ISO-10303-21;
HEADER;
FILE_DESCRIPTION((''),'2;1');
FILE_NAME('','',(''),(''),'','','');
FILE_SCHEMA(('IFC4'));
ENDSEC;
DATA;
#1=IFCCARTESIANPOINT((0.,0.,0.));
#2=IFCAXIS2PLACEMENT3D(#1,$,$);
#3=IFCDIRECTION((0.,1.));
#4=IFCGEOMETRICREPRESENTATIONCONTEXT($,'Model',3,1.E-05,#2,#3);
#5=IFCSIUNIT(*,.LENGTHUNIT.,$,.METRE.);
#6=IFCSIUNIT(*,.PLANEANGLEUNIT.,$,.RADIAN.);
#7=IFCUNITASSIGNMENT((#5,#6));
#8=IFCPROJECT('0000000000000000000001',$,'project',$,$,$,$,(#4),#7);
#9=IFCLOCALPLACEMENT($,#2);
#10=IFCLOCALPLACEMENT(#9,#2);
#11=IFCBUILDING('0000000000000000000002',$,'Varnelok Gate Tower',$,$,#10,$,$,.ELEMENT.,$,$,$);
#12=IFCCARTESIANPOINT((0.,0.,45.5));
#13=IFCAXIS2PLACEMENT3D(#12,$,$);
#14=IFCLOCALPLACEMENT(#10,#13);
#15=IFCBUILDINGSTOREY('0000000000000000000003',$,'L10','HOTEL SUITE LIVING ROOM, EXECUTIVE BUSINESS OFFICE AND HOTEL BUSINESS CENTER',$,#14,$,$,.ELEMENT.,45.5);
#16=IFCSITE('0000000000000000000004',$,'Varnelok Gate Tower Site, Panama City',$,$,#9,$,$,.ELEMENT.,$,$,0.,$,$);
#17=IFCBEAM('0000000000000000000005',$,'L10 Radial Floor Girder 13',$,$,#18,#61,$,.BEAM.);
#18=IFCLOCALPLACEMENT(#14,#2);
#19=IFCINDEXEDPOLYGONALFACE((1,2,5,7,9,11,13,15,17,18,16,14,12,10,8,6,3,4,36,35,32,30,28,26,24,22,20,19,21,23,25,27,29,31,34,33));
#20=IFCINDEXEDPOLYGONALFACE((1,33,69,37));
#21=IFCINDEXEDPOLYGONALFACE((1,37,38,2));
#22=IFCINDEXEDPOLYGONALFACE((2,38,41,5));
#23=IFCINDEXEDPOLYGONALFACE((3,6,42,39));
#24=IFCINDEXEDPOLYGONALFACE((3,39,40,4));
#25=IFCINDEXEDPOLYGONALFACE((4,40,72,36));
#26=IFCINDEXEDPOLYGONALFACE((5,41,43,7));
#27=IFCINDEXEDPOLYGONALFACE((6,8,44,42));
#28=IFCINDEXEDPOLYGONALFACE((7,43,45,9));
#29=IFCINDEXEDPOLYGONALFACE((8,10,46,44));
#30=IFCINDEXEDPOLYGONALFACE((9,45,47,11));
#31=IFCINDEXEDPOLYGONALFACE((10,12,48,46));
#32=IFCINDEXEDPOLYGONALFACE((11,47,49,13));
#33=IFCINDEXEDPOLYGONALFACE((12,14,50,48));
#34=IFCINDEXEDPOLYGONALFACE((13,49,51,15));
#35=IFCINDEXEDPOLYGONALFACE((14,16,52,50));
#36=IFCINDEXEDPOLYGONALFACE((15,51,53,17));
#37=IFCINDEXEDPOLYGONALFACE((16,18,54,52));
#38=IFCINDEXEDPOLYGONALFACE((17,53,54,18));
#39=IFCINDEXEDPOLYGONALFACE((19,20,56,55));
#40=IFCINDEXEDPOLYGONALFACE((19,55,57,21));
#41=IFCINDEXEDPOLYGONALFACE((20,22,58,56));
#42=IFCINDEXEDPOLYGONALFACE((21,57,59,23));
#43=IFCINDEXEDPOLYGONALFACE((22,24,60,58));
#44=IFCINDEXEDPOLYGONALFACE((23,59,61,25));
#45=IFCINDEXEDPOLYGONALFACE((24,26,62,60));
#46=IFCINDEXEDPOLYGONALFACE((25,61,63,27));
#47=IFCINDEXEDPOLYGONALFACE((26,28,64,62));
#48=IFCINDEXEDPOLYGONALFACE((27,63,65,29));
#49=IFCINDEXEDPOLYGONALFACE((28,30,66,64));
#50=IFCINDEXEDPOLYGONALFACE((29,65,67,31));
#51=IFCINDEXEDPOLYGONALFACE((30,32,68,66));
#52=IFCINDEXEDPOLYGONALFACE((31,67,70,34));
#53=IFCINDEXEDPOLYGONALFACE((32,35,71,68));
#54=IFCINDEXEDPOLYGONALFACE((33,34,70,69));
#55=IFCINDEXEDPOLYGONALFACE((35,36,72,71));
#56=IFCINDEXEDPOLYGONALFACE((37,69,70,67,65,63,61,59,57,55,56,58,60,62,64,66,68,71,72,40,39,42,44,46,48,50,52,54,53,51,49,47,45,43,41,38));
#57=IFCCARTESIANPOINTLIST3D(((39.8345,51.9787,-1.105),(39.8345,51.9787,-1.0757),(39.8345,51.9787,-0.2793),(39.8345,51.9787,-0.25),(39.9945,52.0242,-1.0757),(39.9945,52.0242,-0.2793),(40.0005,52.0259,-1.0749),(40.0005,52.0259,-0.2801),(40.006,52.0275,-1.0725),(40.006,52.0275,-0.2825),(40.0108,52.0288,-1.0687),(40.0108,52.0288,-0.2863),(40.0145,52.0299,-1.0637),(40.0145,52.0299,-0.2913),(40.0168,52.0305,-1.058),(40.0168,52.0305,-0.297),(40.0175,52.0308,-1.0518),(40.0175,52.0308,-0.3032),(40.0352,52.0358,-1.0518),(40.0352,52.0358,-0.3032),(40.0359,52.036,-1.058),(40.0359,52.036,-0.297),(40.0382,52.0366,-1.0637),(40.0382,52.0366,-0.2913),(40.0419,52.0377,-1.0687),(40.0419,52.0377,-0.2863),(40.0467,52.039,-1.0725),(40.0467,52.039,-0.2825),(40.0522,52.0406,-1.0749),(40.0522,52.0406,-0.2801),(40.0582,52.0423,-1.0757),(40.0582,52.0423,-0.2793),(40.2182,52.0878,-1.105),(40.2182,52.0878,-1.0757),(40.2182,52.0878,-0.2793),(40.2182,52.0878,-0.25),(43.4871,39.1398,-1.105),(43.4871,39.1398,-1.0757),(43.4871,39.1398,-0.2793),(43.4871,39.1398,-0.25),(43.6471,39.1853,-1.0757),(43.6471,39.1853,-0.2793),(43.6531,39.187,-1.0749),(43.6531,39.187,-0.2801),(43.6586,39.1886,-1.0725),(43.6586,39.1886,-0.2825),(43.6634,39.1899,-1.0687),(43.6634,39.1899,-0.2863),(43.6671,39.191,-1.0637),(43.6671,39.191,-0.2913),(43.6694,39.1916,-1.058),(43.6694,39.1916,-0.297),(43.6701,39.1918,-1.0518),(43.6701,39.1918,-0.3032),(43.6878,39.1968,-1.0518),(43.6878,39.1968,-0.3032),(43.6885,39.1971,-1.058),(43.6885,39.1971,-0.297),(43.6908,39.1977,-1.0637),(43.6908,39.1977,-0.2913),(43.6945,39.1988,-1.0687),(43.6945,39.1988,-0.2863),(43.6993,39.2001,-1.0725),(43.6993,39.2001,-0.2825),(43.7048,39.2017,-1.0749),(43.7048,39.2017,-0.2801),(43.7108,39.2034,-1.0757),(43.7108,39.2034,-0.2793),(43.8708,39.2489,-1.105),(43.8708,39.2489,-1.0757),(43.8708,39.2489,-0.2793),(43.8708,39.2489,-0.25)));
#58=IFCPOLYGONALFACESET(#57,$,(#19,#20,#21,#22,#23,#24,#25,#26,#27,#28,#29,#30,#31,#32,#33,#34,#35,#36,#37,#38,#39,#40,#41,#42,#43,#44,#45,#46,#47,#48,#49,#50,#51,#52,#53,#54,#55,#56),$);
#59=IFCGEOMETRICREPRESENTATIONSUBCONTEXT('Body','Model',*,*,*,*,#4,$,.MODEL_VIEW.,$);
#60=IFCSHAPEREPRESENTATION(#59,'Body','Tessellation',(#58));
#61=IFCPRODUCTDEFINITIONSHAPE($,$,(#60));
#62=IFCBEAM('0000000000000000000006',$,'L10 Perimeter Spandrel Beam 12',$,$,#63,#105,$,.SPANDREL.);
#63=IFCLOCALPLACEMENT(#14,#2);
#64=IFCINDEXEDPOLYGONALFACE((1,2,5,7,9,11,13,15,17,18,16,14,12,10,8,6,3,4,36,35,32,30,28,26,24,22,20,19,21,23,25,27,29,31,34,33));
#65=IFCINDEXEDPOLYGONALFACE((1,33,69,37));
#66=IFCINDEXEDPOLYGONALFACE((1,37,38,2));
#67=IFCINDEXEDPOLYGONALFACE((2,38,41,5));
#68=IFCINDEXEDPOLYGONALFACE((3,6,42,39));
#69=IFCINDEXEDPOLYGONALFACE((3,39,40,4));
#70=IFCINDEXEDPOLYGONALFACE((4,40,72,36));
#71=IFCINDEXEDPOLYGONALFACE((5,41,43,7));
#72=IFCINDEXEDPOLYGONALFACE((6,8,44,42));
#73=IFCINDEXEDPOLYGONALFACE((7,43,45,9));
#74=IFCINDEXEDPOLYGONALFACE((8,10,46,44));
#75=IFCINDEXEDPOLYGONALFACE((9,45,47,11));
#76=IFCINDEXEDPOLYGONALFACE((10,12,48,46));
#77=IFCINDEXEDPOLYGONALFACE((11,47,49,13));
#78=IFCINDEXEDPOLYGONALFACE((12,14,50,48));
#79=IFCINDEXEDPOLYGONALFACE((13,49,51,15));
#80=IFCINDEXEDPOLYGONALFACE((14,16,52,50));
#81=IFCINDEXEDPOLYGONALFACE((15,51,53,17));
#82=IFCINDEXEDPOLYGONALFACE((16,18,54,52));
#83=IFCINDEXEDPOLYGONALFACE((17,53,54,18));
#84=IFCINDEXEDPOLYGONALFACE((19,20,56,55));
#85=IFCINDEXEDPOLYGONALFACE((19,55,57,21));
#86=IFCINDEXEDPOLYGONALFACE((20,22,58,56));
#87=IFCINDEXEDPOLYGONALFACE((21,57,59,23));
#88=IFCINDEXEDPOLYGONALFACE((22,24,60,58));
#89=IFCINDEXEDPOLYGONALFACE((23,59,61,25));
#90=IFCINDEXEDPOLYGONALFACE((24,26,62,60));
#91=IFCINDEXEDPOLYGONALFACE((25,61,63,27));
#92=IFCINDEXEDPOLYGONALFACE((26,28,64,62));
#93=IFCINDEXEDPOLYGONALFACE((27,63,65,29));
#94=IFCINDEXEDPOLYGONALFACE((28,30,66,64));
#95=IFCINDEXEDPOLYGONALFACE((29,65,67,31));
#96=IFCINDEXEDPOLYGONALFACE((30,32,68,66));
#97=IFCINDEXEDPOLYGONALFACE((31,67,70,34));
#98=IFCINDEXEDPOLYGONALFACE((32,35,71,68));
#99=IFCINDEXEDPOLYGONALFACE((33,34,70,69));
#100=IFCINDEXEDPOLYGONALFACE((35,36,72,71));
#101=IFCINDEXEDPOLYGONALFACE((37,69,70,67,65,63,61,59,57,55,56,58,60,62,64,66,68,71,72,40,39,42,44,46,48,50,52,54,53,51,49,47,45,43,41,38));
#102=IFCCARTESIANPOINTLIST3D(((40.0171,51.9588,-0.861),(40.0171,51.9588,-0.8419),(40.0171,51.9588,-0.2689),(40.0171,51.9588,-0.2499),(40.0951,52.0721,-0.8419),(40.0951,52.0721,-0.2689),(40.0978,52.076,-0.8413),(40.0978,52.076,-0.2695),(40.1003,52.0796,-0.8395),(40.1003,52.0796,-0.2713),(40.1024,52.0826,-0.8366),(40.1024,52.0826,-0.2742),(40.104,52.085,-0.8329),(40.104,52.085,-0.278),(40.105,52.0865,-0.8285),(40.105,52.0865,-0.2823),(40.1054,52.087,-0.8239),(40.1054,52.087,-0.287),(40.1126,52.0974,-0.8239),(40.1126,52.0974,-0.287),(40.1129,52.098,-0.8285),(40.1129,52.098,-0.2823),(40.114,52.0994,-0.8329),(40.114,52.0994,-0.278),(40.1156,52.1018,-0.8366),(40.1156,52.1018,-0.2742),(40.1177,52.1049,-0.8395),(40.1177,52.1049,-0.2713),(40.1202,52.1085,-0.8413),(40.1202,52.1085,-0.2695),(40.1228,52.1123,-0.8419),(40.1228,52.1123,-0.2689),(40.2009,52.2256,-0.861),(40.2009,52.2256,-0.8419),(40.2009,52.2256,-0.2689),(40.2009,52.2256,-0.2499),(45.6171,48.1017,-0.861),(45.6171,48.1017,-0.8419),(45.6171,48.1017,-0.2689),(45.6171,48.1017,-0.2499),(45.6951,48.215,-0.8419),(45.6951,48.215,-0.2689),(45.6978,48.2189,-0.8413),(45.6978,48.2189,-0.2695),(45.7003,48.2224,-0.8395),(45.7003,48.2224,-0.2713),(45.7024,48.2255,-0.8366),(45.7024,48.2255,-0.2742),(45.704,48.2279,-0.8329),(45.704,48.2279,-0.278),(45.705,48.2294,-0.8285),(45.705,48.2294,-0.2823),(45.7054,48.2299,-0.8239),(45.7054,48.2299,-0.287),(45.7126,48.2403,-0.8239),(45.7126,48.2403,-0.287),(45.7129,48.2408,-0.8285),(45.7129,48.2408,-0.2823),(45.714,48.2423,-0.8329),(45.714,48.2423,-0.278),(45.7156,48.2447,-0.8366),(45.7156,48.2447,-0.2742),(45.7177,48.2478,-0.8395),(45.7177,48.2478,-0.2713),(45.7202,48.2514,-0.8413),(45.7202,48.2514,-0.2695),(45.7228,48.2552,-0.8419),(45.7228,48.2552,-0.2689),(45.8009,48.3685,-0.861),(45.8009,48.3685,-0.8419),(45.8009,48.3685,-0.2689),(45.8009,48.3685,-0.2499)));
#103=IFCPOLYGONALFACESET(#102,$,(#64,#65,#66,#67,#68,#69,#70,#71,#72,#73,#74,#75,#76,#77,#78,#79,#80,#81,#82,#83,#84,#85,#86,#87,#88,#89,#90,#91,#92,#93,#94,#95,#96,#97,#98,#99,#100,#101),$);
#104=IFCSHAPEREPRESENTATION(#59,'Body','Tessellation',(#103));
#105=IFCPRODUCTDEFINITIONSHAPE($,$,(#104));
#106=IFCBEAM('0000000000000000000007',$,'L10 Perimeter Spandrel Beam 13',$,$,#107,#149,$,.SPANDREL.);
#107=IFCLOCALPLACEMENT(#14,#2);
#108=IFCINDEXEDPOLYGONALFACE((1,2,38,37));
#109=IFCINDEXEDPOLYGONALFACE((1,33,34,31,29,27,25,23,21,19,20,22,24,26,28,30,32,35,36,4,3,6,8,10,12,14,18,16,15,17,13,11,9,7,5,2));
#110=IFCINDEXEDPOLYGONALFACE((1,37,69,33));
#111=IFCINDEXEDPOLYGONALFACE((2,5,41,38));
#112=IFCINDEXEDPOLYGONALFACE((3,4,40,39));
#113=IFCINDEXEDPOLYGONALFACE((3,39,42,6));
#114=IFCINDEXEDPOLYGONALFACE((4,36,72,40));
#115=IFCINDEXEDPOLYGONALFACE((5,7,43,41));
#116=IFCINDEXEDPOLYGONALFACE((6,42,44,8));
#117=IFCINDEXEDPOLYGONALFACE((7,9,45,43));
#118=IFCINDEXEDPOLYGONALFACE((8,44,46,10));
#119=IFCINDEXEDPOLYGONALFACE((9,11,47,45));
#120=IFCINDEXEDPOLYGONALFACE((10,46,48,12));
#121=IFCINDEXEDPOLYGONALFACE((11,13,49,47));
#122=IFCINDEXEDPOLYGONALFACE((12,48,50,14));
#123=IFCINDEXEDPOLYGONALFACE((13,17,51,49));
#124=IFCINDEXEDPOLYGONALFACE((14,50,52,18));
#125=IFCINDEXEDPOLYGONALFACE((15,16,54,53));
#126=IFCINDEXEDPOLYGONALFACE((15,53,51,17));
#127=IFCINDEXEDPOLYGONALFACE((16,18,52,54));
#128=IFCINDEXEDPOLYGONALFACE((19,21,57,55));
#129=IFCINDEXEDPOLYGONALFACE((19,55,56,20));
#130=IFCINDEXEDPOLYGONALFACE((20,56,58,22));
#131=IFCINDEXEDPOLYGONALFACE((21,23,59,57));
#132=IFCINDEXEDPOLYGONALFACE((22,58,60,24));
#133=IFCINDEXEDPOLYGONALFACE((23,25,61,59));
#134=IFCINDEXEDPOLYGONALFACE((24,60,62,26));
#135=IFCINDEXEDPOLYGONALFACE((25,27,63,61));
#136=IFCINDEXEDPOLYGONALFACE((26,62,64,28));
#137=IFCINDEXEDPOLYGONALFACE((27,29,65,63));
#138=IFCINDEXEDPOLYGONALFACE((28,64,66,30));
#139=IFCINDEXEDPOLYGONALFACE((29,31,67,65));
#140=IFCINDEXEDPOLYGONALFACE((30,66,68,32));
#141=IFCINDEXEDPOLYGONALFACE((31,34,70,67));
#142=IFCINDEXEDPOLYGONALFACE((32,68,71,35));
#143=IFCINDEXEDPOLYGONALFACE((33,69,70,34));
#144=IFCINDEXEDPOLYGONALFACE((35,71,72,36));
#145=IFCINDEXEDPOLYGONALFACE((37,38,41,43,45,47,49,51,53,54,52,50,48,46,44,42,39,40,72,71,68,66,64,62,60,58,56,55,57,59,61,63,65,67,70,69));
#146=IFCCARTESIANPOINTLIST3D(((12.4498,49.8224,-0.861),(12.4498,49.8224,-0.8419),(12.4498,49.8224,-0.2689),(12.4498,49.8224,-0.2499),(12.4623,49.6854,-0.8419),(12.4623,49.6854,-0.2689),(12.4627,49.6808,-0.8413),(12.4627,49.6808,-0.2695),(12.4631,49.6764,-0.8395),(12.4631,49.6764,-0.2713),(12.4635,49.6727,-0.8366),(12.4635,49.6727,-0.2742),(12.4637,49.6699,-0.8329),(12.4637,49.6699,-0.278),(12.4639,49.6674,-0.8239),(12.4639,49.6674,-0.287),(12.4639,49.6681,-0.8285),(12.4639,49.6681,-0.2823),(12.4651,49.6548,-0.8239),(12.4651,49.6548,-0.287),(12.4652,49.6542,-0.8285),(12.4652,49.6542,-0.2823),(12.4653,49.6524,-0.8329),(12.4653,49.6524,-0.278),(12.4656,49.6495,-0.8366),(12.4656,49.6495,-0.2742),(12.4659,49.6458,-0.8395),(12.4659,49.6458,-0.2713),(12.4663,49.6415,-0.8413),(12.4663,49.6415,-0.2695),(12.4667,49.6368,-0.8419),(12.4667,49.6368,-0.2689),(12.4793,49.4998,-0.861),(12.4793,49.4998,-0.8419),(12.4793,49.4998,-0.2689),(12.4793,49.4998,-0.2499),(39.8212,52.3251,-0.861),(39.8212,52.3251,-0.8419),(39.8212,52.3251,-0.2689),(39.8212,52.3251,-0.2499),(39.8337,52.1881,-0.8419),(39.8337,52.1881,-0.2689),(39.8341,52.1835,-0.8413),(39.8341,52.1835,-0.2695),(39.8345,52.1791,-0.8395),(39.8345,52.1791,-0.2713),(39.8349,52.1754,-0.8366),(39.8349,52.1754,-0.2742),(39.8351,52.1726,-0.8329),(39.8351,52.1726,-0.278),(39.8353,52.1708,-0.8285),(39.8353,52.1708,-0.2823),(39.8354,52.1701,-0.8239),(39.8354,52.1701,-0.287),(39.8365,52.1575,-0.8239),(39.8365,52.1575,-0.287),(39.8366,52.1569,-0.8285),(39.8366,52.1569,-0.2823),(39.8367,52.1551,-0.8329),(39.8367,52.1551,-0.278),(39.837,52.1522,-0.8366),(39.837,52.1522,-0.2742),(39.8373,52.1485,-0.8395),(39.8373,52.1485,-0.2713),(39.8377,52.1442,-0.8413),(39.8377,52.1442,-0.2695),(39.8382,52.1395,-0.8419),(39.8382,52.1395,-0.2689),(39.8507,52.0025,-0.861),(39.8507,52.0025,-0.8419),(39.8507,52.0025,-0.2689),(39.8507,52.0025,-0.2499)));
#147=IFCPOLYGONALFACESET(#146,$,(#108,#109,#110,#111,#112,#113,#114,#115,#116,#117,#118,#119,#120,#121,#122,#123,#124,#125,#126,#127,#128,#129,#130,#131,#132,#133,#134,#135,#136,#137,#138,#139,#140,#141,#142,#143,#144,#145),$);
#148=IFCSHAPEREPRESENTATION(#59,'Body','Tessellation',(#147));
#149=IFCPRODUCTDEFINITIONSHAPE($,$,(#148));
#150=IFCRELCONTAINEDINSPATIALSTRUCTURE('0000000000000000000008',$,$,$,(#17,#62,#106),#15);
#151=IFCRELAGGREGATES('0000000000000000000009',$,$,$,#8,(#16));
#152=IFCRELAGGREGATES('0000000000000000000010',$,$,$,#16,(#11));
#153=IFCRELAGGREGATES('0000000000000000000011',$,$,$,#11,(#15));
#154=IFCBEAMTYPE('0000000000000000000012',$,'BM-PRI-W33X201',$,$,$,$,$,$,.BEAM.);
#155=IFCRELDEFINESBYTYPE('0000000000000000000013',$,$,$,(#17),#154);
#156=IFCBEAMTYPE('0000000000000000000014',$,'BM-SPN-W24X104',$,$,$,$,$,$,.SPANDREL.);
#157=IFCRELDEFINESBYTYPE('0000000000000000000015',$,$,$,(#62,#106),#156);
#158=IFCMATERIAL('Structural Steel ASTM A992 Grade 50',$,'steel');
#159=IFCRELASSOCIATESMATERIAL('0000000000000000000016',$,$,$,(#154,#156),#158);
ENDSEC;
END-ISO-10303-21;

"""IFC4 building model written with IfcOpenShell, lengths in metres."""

from ifc_helpers import new_model, si_unit, direction, frame, origin, origin_2d, place, context, subcontext, project, spatial, i_section, extrude, material, material_profile, profile_set, type_object, element, save


model = new_model("IFC4")

# Units and contexts
model_context = context("Model", 3, precision=1e-05, world=origin(), true_north=direction((0.0, 1.0)))
body_context = subcontext(model_context, "Body", "Model", "MODEL_VIEW")
ifc_project = project(units=[si_unit("LENGTHUNIT", "METRE"), si_unit("PLANEANGLEUNIT", "RADIAN")], contexts=[model_context])

# Site, building, storey
site_placement = place(None, origin())
site = spatial("IfcSite", under=ifc_project, at=site_placement, Name="Varnelok Gate Tower Site, Panama City", CompositionType="ELEMENT", RefElevation=0.0)
building_placement = place(site_placement, origin())
building = spatial("IfcBuilding", under=site, at=building_placement, Name="Varnelok Gate Tower", CompositionType="ELEMENT")
storey_placement = place(building_placement, frame((0.0, 0.0, 45.5)))
storey = spatial("IfcBuildingStorey", under=building, at=storey_placement, Name="L10", Description="HOTEL SUITE LIVING ROOM, EXECUTIVE BUSINESS OFFICE AND HOTEL BUSINESS CENTER", CompositionType="ELEMENT", Elevation=45.5)

# Shared definitions
ifc_material_1 = material(Name="Structural Steel ASTM A992 Grade 50", Category="steel")

# Beams
ifc_material_profile_1 = material_profile(ifc_material_1, i_section(OverallWidth=0.3989, OverallDepth=0.855, WebThickness=0.0183, FlangeThickness=0.0293, FilletRadius=0.0239, at=origin_2d()), Name="W33X201")
ifc_profile_set_1 = profile_set([ifc_material_profile_1], Name="Structural Steel ASTM A992 Grade 50")
beam_type_1 = type_object("IfcBeamType", Name="BM-PRI-W33X201", PredefinedType="BEAM", material=ifc_profile_set_1)
beam_1_placement = place(storey_placement, frame((43.679, 39.1943, -0.6775), z_axis=(-0.273636, 0.961833, 0.0), x_axis=(-0.961833, -0.273636, 0.0)))
element("IfcBeam", 1, at=beam_1_placement, inside=storey, type_object=beam_type_1, Name="L10 Radial Floor Girder 13", PredefinedType="BEAM", context=body_context, shape_type="SweptSolid", body=[
    extrude(i_section(OverallWidth=0.3989, OverallDepth=0.855, WebThickness=0.0183, FlangeThickness=0.0293, FilletRadius=0.0239, at=origin_2d()), origin(), (0.0, 0.0, 1.0), 13.3484),
])
ifc_material_profile_2 = material_profile(ifc_material_1, i_section(OverallWidth=0.324, OverallDepth=0.6111, WebThickness=0.0127, FlangeThickness=0.019, FilletRadius=0.0181, at=origin_2d()), Name="W24X104")
ifc_profile_set_2 = profile_set([ifc_material_profile_2], Name="Structural Steel ASTM A992 Grade 50")
beam_type_2 = type_object("IfcBeamType", Name="BM-SPN-W24X104", PredefinedType="SPANDREL", material=ifc_profile_set_2)
beam_2_placement = place(storey_placement, frame((45.709, 48.2351, -0.5554), z_axis=(-0.823553, 0.567239, 0.0), x_axis=(-0.567239, -0.823553, 0.0)))
element("IfcBeam", 2, at=beam_2_placement, inside=storey, type_object=beam_type_2, Name="L10 Perimeter Spandrel Beam 12", PredefinedType="SPANDREL", context=body_context, shape_type="SweptSolid", body=[
    extrude(i_section(OverallWidth=0.324, OverallDepth=0.6111, WebThickness=0.0127, FlangeThickness=0.019, FilletRadius=0.0181, at=origin_2d()), origin(), (0.0, 0.0, 1.0), 6.7998),
])
beam_3_placement = place(storey_placement, frame((39.8359, 52.1638, -0.5554), z_axis=(-0.995846, -0.091055, 0.0), x_axis=(0.091055, -0.995846, 0.0)))
element("IfcBeam", 3, at=beam_3_placement, inside=storey, type_object=beam_type_2, Name="L10 Perimeter Spandrel Beam 13", PredefinedType="SPANDREL", context=body_context, shape_type="SweptSolid", body=[
    extrude(i_section(OverallWidth=0.324, OverallDepth=0.6111, WebThickness=0.0127, FlangeThickness=0.019, FilletRadius=0.0181, at=origin_2d()), origin(), (0.0, 0.0, 1.0), 27.4856),
])

save(model, "model.ifc")
